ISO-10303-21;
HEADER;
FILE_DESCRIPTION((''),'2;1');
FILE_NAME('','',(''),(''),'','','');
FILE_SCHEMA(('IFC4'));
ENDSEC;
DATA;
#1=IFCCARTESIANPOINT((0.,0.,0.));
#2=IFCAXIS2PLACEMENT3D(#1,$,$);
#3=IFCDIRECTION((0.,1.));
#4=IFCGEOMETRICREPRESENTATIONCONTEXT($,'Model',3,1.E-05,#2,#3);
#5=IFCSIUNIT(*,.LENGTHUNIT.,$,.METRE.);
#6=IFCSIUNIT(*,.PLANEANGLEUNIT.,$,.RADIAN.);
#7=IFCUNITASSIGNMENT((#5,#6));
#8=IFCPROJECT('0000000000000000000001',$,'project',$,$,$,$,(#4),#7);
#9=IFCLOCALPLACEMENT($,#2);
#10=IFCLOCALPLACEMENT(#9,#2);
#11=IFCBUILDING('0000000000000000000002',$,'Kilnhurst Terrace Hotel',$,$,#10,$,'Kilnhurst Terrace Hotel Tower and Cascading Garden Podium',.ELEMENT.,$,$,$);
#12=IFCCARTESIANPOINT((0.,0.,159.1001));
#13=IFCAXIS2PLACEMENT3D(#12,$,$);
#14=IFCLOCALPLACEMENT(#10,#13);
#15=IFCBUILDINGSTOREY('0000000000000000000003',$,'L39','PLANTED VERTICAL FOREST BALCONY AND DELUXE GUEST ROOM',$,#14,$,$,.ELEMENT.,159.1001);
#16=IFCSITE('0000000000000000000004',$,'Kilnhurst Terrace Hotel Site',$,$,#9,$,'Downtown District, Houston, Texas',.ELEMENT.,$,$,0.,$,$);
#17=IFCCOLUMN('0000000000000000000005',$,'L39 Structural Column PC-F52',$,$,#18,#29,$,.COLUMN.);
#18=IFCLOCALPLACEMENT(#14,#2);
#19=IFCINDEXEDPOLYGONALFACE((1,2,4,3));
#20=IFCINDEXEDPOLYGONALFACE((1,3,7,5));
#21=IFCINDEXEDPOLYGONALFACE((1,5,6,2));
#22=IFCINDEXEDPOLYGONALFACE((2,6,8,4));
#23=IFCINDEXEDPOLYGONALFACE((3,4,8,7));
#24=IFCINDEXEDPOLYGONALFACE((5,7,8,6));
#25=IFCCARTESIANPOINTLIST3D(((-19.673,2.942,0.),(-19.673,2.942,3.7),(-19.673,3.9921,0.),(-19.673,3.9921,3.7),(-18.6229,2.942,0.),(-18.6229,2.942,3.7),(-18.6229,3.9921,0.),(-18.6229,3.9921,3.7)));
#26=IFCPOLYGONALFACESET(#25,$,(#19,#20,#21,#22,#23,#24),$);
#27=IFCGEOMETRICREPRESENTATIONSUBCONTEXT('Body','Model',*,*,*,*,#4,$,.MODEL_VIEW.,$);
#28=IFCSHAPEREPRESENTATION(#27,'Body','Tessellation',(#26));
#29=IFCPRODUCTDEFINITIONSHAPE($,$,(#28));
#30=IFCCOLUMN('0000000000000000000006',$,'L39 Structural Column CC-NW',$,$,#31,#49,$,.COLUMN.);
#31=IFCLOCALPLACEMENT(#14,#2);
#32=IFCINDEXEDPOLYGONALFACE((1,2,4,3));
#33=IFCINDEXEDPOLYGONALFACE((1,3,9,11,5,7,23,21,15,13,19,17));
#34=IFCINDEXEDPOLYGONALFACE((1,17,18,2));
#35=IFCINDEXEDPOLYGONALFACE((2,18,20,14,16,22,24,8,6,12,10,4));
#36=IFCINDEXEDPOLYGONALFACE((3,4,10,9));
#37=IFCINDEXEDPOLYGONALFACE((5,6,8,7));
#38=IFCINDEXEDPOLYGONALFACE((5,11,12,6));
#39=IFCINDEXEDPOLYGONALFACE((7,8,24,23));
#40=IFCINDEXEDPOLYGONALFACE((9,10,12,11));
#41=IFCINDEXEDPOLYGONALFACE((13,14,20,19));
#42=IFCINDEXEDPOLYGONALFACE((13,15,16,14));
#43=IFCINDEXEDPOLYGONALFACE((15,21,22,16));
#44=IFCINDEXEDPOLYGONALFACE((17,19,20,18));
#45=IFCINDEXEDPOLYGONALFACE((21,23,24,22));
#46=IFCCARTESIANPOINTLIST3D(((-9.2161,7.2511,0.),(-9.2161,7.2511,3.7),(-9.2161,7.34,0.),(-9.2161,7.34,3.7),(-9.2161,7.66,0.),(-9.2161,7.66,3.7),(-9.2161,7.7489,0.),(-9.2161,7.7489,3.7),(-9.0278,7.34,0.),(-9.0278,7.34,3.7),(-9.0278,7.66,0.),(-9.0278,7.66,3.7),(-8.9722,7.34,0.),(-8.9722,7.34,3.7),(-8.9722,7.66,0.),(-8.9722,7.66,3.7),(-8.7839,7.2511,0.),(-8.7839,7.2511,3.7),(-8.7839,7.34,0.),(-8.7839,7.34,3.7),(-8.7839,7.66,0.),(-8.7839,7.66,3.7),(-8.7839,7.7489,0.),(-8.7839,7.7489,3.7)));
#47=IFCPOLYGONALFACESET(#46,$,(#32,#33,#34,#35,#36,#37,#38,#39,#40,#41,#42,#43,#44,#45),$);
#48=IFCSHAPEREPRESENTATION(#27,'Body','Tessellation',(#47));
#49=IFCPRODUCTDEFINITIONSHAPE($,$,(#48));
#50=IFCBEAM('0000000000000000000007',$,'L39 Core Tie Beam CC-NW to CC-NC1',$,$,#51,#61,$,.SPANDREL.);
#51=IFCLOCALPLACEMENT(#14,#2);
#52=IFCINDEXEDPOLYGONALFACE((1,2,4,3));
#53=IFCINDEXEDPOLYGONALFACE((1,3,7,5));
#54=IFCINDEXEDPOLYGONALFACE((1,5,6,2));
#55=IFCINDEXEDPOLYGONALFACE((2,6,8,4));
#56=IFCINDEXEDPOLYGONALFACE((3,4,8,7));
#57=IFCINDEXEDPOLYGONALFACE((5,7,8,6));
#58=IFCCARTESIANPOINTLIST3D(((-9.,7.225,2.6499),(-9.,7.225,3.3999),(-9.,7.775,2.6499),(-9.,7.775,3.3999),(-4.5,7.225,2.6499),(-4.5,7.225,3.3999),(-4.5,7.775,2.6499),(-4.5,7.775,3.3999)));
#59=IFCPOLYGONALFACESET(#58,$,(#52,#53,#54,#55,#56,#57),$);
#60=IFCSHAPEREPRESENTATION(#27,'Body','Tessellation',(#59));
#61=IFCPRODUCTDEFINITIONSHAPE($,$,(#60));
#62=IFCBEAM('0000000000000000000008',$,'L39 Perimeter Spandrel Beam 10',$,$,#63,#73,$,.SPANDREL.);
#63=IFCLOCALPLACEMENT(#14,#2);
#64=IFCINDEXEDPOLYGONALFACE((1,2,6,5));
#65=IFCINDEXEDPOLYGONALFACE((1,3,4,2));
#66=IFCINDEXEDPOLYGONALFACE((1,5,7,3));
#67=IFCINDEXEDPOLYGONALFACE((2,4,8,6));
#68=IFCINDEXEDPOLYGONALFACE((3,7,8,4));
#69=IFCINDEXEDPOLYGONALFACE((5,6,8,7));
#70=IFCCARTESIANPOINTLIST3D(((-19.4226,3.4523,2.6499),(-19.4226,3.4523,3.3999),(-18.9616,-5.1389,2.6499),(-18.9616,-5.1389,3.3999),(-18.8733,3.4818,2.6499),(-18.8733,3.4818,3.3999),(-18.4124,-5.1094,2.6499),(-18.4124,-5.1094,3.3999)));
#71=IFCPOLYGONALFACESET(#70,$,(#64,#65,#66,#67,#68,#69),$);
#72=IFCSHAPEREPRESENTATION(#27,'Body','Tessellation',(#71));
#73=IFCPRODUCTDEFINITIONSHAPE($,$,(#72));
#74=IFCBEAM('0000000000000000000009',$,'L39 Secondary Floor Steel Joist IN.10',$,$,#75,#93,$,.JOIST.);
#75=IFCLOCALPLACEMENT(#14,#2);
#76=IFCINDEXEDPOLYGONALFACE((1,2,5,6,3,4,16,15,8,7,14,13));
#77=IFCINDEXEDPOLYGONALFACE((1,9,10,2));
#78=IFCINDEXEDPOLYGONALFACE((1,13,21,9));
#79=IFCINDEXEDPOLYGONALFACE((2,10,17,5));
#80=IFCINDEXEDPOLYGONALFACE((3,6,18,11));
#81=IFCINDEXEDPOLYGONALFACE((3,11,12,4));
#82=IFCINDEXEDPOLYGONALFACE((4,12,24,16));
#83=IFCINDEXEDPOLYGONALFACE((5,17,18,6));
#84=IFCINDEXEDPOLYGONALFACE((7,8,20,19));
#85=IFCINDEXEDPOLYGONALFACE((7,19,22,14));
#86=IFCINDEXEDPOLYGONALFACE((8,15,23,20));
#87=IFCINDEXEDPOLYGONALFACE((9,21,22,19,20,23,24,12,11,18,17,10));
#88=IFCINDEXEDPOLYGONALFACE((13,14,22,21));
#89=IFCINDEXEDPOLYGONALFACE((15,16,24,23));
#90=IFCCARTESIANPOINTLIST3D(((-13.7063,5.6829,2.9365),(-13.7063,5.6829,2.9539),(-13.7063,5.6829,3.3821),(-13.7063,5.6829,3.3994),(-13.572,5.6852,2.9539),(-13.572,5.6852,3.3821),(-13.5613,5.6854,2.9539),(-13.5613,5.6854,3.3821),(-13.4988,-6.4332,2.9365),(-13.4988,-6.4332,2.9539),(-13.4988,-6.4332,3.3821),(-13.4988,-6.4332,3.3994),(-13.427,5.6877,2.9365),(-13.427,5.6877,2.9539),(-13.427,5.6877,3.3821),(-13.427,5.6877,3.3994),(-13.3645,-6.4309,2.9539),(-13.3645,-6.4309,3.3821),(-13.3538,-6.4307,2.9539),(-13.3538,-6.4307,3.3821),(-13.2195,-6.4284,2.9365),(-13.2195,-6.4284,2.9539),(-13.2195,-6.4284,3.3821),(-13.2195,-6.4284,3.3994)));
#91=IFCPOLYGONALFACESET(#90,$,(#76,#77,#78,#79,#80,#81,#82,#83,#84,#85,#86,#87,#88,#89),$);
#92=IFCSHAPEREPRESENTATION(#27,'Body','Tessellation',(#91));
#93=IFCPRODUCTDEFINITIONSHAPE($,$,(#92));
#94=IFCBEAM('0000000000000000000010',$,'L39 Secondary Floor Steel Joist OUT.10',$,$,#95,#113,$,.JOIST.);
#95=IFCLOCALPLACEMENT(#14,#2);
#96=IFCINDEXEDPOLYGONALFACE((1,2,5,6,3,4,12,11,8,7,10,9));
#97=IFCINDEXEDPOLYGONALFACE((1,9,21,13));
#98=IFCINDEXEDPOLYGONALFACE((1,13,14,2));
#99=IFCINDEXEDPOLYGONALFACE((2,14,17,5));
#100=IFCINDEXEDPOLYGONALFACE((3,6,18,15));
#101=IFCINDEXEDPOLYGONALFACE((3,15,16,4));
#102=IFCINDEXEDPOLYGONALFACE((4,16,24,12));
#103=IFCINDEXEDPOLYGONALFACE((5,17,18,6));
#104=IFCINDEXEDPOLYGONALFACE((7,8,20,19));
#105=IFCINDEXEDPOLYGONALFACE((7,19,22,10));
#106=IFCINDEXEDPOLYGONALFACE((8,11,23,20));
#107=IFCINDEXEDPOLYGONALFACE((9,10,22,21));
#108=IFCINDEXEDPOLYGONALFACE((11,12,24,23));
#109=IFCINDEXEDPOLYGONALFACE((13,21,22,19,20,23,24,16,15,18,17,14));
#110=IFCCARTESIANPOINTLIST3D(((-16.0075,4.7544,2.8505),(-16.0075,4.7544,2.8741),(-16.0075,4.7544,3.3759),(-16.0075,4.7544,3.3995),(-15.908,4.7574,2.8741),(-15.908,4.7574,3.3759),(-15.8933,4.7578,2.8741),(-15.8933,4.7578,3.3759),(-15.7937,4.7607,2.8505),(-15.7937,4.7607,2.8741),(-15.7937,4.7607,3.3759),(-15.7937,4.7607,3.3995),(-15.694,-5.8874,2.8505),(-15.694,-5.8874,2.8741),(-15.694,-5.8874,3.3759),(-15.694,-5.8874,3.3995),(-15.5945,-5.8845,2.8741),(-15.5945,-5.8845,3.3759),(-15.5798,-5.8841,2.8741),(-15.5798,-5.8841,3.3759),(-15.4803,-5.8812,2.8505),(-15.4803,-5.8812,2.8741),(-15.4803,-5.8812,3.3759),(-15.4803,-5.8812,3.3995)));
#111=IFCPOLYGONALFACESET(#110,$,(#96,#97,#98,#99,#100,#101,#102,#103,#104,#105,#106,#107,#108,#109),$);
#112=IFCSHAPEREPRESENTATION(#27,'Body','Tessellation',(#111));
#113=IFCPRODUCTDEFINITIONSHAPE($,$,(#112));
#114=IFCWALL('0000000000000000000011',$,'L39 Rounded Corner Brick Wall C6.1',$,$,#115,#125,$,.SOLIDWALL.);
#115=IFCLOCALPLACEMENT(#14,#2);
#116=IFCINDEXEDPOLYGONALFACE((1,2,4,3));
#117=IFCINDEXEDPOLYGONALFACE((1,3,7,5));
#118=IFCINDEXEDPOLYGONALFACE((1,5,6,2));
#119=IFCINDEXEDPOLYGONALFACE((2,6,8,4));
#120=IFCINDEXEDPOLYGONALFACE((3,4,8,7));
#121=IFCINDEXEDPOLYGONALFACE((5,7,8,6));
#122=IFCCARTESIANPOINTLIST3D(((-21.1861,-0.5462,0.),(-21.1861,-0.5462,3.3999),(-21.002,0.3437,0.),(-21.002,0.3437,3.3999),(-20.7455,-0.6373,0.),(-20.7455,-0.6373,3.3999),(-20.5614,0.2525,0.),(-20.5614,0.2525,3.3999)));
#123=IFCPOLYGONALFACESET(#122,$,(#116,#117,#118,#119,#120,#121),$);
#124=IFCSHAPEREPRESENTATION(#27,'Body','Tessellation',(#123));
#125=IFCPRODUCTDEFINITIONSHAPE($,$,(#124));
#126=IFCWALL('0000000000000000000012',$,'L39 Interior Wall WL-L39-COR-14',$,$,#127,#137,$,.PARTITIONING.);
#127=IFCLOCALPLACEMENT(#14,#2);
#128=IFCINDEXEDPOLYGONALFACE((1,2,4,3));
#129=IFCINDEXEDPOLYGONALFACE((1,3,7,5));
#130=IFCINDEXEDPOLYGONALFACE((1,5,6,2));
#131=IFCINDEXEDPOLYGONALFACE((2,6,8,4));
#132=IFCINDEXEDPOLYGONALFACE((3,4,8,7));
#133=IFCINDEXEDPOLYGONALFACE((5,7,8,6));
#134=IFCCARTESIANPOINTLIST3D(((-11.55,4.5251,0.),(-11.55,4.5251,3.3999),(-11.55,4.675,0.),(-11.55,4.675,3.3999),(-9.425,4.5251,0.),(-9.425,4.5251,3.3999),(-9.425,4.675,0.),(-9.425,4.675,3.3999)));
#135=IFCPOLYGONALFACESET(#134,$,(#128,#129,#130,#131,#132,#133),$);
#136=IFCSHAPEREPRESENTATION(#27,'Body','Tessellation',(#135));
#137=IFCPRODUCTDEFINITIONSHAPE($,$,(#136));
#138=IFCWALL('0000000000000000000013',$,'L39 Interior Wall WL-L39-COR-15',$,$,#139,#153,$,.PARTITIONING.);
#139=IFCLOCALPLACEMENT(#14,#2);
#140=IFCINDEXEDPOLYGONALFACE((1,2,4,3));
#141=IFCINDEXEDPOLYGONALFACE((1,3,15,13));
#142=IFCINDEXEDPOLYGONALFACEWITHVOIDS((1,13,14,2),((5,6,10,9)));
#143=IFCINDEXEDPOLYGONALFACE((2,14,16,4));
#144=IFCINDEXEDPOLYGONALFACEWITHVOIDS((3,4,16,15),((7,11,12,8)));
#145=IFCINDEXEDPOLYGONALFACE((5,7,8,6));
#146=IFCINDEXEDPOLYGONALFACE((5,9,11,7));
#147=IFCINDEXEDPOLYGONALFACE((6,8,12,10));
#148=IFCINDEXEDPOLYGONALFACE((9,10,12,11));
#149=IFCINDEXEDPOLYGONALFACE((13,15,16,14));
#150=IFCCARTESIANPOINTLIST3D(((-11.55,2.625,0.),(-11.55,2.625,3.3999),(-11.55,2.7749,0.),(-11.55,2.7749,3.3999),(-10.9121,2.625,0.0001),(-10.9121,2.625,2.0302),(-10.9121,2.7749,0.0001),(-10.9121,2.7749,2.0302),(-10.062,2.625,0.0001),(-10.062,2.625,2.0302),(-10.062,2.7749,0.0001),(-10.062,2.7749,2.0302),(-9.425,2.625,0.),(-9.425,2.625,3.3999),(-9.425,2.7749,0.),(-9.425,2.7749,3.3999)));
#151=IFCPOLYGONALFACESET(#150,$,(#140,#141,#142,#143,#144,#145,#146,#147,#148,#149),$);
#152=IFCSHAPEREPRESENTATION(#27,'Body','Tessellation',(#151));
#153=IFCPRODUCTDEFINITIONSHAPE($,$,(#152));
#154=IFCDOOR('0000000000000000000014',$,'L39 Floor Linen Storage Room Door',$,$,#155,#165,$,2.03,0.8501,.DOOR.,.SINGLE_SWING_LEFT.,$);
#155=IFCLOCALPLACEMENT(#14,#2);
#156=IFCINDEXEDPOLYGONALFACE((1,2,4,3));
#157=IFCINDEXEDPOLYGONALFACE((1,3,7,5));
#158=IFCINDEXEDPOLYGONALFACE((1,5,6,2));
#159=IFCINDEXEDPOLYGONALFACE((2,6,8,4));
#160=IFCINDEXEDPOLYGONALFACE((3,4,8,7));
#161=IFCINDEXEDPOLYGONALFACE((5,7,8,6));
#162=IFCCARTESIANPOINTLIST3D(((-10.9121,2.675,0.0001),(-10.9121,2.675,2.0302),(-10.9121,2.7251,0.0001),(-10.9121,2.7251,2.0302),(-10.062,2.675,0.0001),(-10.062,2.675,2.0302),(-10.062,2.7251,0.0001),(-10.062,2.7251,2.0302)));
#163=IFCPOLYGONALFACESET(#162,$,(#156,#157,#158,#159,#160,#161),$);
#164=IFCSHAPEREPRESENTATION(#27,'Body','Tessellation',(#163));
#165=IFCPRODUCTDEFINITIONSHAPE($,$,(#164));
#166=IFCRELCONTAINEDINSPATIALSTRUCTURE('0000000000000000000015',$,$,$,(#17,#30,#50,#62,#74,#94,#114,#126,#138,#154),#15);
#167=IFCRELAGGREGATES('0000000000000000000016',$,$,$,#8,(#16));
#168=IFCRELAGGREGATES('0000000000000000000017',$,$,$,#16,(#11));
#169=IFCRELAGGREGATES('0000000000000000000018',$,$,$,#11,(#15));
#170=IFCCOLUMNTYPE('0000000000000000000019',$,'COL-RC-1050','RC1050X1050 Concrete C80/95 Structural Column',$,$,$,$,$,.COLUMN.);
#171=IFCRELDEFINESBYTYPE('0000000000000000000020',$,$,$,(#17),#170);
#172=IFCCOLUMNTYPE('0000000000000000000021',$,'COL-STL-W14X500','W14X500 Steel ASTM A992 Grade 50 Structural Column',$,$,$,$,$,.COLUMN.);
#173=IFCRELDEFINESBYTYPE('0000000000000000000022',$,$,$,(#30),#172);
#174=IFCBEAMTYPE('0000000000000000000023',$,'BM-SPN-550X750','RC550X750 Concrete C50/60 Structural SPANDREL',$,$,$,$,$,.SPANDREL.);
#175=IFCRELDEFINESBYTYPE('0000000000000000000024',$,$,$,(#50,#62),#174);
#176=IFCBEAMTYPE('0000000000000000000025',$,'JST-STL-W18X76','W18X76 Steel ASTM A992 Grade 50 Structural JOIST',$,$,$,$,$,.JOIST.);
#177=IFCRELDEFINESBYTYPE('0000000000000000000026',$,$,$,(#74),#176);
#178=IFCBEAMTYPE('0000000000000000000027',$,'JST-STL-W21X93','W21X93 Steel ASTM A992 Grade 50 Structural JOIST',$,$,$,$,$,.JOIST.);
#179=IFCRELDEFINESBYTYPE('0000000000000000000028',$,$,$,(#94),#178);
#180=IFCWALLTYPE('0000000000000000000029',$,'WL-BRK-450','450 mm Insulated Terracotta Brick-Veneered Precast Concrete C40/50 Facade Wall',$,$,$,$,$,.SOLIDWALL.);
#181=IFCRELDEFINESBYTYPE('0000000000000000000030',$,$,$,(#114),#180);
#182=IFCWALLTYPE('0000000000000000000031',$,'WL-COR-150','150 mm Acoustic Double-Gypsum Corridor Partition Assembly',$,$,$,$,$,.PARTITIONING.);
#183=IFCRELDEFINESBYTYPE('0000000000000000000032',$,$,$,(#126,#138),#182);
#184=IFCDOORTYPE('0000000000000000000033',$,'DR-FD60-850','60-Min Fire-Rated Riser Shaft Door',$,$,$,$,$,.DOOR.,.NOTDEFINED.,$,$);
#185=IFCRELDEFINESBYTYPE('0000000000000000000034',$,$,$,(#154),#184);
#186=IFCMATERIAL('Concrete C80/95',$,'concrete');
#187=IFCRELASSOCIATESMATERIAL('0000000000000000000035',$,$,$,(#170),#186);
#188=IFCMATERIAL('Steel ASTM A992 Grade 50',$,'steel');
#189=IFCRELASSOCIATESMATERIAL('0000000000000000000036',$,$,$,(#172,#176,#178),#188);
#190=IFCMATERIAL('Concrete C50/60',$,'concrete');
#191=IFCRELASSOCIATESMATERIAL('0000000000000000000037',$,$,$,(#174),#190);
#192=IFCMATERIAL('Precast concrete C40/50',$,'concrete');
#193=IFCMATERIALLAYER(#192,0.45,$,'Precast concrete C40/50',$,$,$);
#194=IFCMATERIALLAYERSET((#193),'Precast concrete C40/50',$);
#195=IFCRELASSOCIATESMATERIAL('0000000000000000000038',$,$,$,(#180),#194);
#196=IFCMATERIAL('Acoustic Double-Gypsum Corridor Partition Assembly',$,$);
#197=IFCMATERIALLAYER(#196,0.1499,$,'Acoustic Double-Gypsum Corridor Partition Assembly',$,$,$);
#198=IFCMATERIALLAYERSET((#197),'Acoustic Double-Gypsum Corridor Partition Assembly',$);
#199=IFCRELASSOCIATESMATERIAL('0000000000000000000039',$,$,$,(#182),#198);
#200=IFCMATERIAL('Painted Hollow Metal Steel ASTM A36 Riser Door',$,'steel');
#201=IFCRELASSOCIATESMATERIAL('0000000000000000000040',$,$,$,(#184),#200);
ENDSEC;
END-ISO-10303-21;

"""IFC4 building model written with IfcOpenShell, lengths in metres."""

from ifc_helpers import new_model, si_unit, direction, frame, frame_2d, origin, origin_2d, place, context, subcontext, project, spatial, rectangle, i_section, extrude, material, layer, layer_set, material_profile, profile_set, type_object, element, fill, save


model = new_model("IFC4")

# Units and contexts
model_context = context("Model", 3, precision=1e-05, world=origin(), true_north=direction((0.0, 1.0)))
body_context = subcontext(model_context, "Body", "Model", "MODEL_VIEW")
ifc_project = project(units=[si_unit("LENGTHUNIT", "METRE"), si_unit("PLANEANGLEUNIT", "RADIAN")], contexts=[model_context])

# Site, building, storey
site_placement = place(None, origin())
site = spatial("IfcSite", under=ifc_project, at=site_placement, Name="Kilnhurst Terrace Hotel Site", LongName="Downtown District, Houston, Texas", CompositionType="ELEMENT", RefElevation=0.0)
building_placement = place(site_placement, origin())
building = spatial("IfcBuilding", under=site, at=building_placement, Name="Kilnhurst Terrace Hotel", LongName="Kilnhurst Terrace Hotel Tower and Cascading Garden Podium", CompositionType="ELEMENT")
storey_placement = place(building_placement, frame((0.0, 0.0, 159.1001)))
storey = spatial("IfcBuildingStorey", under=building, at=storey_placement, Name="L39", Description="PLANTED VERTICAL FOREST BALCONY AND DELUXE GUEST ROOM", CompositionType="ELEMENT", Elevation=159.1001)

# Columns
ifc_material_1 = material(Name="Concrete C80/95", Category="concrete")
ifc_material_profile_1 = material_profile(ifc_material_1, rectangle(XDim=1.05, YDim=1.05, at=origin_2d()), Name="RC1050X1050")
ifc_profile_set_1 = profile_set([ifc_material_profile_1], Name="Concrete C80/95")
column_type_1 = type_object("IfcColumnType", Name="COL-RC-1050", Description="RC1050X1050 Concrete C80/95 Structural Column", PredefinedType="COLUMN", material=ifc_profile_set_1)
column_1_placement = place(storey_placement, frame((-19.1479, 3.467, 0.0), z_axis=(0.0, 0.0, 1.0), x_axis=(1.0, 0.0, 0.0)))
element("IfcColumn", 1, at=column_1_placement, inside=storey, type_object=column_type_1, Name="L39 Structural Column PC-F52", PredefinedType="COLUMN", context=body_context, shape_type="SweptSolid", body=[
    extrude(rectangle(XDim=1.05, YDim=1.05, at=origin_2d()), origin(), (0.0, 0.0, 1.0), 3.7),
])
ifc_material_2 = material(Name="Steel ASTM A992 Grade 50", Category="steel")
ifc_material_profile_2 = material_profile(ifc_material_2, i_section(OverallWidth=0.4321, OverallDepth=0.4978, WebThickness=0.0557, FlangeThickness=0.0889, at=origin_2d()), Name="W14X500")
ifc_profile_set_2 = profile_set([ifc_material_profile_2], Name="Steel ASTM A992 Grade 50")
column_type_2 = type_object("IfcColumnType", Name="COL-STL-W14X500", Description="W14X500 Steel ASTM A992 Grade 50 Structural Column", PredefinedType="COLUMN", material=ifc_profile_set_2)
column_2_placement = place(storey_placement, frame((-9.0, 7.5, 0.0), z_axis=(0.0, 0.0, 1.0), x_axis=(1.0, 0.0, 0.0)))
element("IfcColumn", 2, at=column_2_placement, inside=storey, type_object=column_type_2, Name="L39 Structural Column CC-NW", PredefinedType="COLUMN", context=body_context, shape_type="SweptSolid", body=[
    extrude(i_section(OverallWidth=0.4321, OverallDepth=0.4978, WebThickness=0.0557, FlangeThickness=0.0889, at=origin_2d()), origin(), (0.0, 0.0, 1.0), 3.7),
])

# Beams
ifc_material_3 = material(Name="Concrete C50/60", Category="concrete")
ifc_material_profile_3 = material_profile(ifc_material_3, rectangle(XDim=0.55, YDim=0.75, at=origin_2d()), Name="RC550X750")
ifc_profile_set_3 = profile_set([ifc_material_profile_3], Name="Concrete C50/60")
beam_type_1 = type_object("IfcBeamType", Name="BM-SPN-550X750", Description="RC550X750 Concrete C50/60 Structural SPANDREL", PredefinedType="SPANDREL", material=ifc_profile_set_3)
beam_1_placement = place(storey_placement, frame((-9.0, 7.5, 3.0249), z_axis=(1.0, 0.0, 0.0), x_axis=(0.0, 1.0, 0.0)))
element("IfcBeam", 3, at=beam_1_placement, inside=storey, type_object=beam_type_1, Name="L39 Core Tie Beam CC-NW to CC-NC1", PredefinedType="SPANDREL", context=body_context, shape_type="SweptSolid", body=[
    extrude(rectangle(XDim=0.55, YDim=0.75, at=origin_2d()), origin(), (0.0, 0.0, 1.0), 4.5),
])
beam_2_placement = place(storey_placement, frame((-19.1479, 3.467, 3.0249), z_axis=(0.053576, -0.998564, 0.0), x_axis=(0.998564, 0.053576, 0.0)))
element("IfcBeam", 4, at=beam_2_placement, inside=storey, type_object=beam_type_1, Name="L39 Perimeter Spandrel Beam 10", PredefinedType="SPANDREL", context=body_context, shape_type="SweptSolid", body=[
    extrude(rectangle(XDim=0.55, YDim=0.75, at=origin_2d()), origin(), (0.0, 0.0, 1.0), 8.6035),
])
ifc_material_profile_4 = material_profile(ifc_material_2, i_section(OverallWidth=0.2793, OverallDepth=0.4629, WebThickness=0.0107, FlangeThickness=0.0173, at=origin_2d()), Name="W18X76")
ifc_profile_set_4 = profile_set([ifc_material_profile_4], Name="Steel ASTM A992 Grade 50")
beam_type_2 = type_object("IfcBeamType", Name="JST-STL-W18X76", Description="W18X76 Steel ASTM A992 Grade 50 Structural JOIST", PredefinedType="JOIST", material=ifc_profile_set_4)
beam_3_placement = place(storey_placement, frame((-13.5667, 5.6853, 3.168), z_axis=(0.017125, -0.999853, 0.0), x_axis=(0.999853, 0.017125, 0.0)))
element("IfcBeam", 5, at=beam_3_placement, inside=storey, type_object=beam_type_2, Name="L39 Secondary Floor Steel Joist IN.10", PredefinedType="JOIST", context=body_context, shape_type="SweptSolid", body=[
    extrude(i_section(OverallWidth=0.2793, OverallDepth=0.4629, WebThickness=0.0107, FlangeThickness=0.0173, at=origin_2d()), origin(), (0.0, 0.0, 1.0), 12.1179),
])
ifc_material_profile_5 = material_profile(ifc_material_2, i_section(OverallWidth=0.2139, OverallDepth=0.5491, WebThickness=0.0146, FlangeThickness=0.0237, at=origin_2d()), Name="W21X93")
ifc_profile_set_5 = profile_set([ifc_material_profile_5], Name="Steel ASTM A992 Grade 50")
beam_type_3 = type_object("IfcBeamType", Name="JST-STL-W21X93", Description="W21X93 Steel ASTM A992 Grade 50 Structural JOIST", PredefinedType="JOIST", material=ifc_profile_set_5)
beam_4_placement = place(storey_placement, frame((-15.9006, 4.7576, 3.125), z_axis=(0.029444, -0.999566, 0.0), x_axis=(0.999566, 0.029444, 0.0)))
element("IfcBeam", 6, at=beam_4_placement, inside=storey, type_object=beam_type_3, Name="L39 Secondary Floor Steel Joist OUT.10", PredefinedType="JOIST", context=body_context, shape_type="SweptSolid", body=[
    extrude(i_section(OverallWidth=0.2139, OverallDepth=0.5491, WebThickness=0.0146, FlangeThickness=0.0237, at=origin_2d()), origin(), (0.0, 0.0, 1.0), 10.6465),
])

# Walls
ifc_material_4 = material(Name="Precast concrete C40/50", Category="concrete")
ifc_layer_1 = layer(ifc_material_4, 0.45, Name="Precast concrete C40/50")
ifc_layer_set_1 = layer_set([ifc_layer_1], Name="Precast concrete C40/50")
wall_type_1 = type_object("IfcWallType", Name="WL-BRK-450", Description="450 mm Insulated Terracotta Brick-Veneered Precast Concrete C40/50 Facade Wall", PredefinedType="SOLIDWALL", material=ifc_layer_set_1)
wall_1_placement = place(storey_placement, frame((-20.7817, 0.2981, 0.0), z_axis=(0.0, 0.0, 1.0), x_axis=(-0.20257, -0.979268, 0.0)))
element("IfcWall", 7, at=wall_1_placement, inside=storey, type_object=wall_type_1, Name="L39 Rounded Corner Brick Wall C6.1", PredefinedType="SOLIDWALL", context=body_context, shape_type="SweptSolid", body=[
    extrude(rectangle(XDim=0.9087, YDim=0.45, at=frame_2d((0.4543, 0.0))), origin(), (0.0, 0.0, 1.0), 3.3999),
])
ifc_material_5 = material(Name="Acoustic Double-Gypsum Corridor Partition Assembly")
ifc_layer_2 = layer(ifc_material_5, 0.1499, Name="Acoustic Double-Gypsum Corridor Partition Assembly")
ifc_layer_set_2 = layer_set([ifc_layer_2], Name="Acoustic Double-Gypsum Corridor Partition Assembly")
wall_type_2 = type_object("IfcWallType", Name="WL-COR-150", Description="150 mm Acoustic Double-Gypsum Corridor Partition Assembly", PredefinedType="PARTITIONING", material=ifc_layer_set_2)
wall_2_placement = place(storey_placement, frame((-11.55, 4.6001, 0.0), z_axis=(0.0, 0.0, 1.0), x_axis=(1.0, 0.0, 0.0)))
element("IfcWall", 8, at=wall_2_placement, inside=storey, type_object=wall_type_2, Name="L39 Interior Wall WL-L39-COR-14", PredefinedType="PARTITIONING", context=body_context, shape_type="SweptSolid", body=[
    extrude(rectangle(XDim=2.125, YDim=0.1499, at=frame_2d((1.0625, 0.0))), origin(), (0.0, 0.0, 1.0), 3.3999),
])

# Wall, opening, door
wall_3_placement = place(storey_placement, frame((-9.425, 2.7, 0.0), z_axis=(0.0, 0.0, 1.0), x_axis=(-1.0, 0.0, 0.0)))
wall_3 = element("IfcWall", 9, at=wall_3_placement, inside=storey, type_object=wall_type_2, Name="L39 Interior Wall WL-L39-COR-15", PredefinedType="PARTITIONING", context=body_context, shape_type="SweptSolid", body=[
    extrude(rectangle(XDim=2.125, YDim=0.1499, at=frame_2d((1.0625, 0.0))), origin(), (0.0, 0.0, 1.0), 3.3999),
])
opening_placement = place(wall_3_placement, frame((0.637, 0.0, 0.0)))
opening = element("IfcOpeningElement", 10, at=opening_placement, cuts=wall_3, PredefinedType="OPENING", context=body_context, shape_type="SweptSolid", body=[
    extrude(rectangle(XDim=0.8501, YDim=2.03, at=frame_2d((0.425, 1.0151))), frame((0.0, 0.085, 0.0), z_axis=(0.0, -1.0, 0.0), x_axis=(1.0, 0.0, 0.0)), (0.0, 0.0, 1.0), 0.1699),
])
ifc_material_6 = material(Name="Painted Hollow Metal Steel ASTM A36 Riser Door", Category="steel")
door_type = type_object("IfcDoorType", Name="DR-FD60-850", Description="60-Min Fire-Rated Riser Shaft Door", OperationType="NOTDEFINED", PredefinedType="DOOR", material=ifc_material_6)
door_placement = place(opening_placement, origin())
door = element("IfcDoor", 11, at=door_placement, inside=storey, type_object=door_type, Name="L39 Floor Linen Storage Room Door", OperationType="SINGLE_SWING_LEFT", OverallHeight=2.03, OverallWidth=0.8501, PredefinedType="DOOR", context=body_context, shape_type="SweptSolid", body=[
    extrude(rectangle(XDim=0.8501, YDim=2.03, at=frame_2d((0.425, 1.0151))), frame((0.0, 0.0249, 0.0), z_axis=(0.0, -1.0, 0.0), x_axis=(1.0, 0.0, 0.0)), (0.0, 0.0, 1.0), 0.05),
])
fill(opening, door)

save(model, "model.ifc")
